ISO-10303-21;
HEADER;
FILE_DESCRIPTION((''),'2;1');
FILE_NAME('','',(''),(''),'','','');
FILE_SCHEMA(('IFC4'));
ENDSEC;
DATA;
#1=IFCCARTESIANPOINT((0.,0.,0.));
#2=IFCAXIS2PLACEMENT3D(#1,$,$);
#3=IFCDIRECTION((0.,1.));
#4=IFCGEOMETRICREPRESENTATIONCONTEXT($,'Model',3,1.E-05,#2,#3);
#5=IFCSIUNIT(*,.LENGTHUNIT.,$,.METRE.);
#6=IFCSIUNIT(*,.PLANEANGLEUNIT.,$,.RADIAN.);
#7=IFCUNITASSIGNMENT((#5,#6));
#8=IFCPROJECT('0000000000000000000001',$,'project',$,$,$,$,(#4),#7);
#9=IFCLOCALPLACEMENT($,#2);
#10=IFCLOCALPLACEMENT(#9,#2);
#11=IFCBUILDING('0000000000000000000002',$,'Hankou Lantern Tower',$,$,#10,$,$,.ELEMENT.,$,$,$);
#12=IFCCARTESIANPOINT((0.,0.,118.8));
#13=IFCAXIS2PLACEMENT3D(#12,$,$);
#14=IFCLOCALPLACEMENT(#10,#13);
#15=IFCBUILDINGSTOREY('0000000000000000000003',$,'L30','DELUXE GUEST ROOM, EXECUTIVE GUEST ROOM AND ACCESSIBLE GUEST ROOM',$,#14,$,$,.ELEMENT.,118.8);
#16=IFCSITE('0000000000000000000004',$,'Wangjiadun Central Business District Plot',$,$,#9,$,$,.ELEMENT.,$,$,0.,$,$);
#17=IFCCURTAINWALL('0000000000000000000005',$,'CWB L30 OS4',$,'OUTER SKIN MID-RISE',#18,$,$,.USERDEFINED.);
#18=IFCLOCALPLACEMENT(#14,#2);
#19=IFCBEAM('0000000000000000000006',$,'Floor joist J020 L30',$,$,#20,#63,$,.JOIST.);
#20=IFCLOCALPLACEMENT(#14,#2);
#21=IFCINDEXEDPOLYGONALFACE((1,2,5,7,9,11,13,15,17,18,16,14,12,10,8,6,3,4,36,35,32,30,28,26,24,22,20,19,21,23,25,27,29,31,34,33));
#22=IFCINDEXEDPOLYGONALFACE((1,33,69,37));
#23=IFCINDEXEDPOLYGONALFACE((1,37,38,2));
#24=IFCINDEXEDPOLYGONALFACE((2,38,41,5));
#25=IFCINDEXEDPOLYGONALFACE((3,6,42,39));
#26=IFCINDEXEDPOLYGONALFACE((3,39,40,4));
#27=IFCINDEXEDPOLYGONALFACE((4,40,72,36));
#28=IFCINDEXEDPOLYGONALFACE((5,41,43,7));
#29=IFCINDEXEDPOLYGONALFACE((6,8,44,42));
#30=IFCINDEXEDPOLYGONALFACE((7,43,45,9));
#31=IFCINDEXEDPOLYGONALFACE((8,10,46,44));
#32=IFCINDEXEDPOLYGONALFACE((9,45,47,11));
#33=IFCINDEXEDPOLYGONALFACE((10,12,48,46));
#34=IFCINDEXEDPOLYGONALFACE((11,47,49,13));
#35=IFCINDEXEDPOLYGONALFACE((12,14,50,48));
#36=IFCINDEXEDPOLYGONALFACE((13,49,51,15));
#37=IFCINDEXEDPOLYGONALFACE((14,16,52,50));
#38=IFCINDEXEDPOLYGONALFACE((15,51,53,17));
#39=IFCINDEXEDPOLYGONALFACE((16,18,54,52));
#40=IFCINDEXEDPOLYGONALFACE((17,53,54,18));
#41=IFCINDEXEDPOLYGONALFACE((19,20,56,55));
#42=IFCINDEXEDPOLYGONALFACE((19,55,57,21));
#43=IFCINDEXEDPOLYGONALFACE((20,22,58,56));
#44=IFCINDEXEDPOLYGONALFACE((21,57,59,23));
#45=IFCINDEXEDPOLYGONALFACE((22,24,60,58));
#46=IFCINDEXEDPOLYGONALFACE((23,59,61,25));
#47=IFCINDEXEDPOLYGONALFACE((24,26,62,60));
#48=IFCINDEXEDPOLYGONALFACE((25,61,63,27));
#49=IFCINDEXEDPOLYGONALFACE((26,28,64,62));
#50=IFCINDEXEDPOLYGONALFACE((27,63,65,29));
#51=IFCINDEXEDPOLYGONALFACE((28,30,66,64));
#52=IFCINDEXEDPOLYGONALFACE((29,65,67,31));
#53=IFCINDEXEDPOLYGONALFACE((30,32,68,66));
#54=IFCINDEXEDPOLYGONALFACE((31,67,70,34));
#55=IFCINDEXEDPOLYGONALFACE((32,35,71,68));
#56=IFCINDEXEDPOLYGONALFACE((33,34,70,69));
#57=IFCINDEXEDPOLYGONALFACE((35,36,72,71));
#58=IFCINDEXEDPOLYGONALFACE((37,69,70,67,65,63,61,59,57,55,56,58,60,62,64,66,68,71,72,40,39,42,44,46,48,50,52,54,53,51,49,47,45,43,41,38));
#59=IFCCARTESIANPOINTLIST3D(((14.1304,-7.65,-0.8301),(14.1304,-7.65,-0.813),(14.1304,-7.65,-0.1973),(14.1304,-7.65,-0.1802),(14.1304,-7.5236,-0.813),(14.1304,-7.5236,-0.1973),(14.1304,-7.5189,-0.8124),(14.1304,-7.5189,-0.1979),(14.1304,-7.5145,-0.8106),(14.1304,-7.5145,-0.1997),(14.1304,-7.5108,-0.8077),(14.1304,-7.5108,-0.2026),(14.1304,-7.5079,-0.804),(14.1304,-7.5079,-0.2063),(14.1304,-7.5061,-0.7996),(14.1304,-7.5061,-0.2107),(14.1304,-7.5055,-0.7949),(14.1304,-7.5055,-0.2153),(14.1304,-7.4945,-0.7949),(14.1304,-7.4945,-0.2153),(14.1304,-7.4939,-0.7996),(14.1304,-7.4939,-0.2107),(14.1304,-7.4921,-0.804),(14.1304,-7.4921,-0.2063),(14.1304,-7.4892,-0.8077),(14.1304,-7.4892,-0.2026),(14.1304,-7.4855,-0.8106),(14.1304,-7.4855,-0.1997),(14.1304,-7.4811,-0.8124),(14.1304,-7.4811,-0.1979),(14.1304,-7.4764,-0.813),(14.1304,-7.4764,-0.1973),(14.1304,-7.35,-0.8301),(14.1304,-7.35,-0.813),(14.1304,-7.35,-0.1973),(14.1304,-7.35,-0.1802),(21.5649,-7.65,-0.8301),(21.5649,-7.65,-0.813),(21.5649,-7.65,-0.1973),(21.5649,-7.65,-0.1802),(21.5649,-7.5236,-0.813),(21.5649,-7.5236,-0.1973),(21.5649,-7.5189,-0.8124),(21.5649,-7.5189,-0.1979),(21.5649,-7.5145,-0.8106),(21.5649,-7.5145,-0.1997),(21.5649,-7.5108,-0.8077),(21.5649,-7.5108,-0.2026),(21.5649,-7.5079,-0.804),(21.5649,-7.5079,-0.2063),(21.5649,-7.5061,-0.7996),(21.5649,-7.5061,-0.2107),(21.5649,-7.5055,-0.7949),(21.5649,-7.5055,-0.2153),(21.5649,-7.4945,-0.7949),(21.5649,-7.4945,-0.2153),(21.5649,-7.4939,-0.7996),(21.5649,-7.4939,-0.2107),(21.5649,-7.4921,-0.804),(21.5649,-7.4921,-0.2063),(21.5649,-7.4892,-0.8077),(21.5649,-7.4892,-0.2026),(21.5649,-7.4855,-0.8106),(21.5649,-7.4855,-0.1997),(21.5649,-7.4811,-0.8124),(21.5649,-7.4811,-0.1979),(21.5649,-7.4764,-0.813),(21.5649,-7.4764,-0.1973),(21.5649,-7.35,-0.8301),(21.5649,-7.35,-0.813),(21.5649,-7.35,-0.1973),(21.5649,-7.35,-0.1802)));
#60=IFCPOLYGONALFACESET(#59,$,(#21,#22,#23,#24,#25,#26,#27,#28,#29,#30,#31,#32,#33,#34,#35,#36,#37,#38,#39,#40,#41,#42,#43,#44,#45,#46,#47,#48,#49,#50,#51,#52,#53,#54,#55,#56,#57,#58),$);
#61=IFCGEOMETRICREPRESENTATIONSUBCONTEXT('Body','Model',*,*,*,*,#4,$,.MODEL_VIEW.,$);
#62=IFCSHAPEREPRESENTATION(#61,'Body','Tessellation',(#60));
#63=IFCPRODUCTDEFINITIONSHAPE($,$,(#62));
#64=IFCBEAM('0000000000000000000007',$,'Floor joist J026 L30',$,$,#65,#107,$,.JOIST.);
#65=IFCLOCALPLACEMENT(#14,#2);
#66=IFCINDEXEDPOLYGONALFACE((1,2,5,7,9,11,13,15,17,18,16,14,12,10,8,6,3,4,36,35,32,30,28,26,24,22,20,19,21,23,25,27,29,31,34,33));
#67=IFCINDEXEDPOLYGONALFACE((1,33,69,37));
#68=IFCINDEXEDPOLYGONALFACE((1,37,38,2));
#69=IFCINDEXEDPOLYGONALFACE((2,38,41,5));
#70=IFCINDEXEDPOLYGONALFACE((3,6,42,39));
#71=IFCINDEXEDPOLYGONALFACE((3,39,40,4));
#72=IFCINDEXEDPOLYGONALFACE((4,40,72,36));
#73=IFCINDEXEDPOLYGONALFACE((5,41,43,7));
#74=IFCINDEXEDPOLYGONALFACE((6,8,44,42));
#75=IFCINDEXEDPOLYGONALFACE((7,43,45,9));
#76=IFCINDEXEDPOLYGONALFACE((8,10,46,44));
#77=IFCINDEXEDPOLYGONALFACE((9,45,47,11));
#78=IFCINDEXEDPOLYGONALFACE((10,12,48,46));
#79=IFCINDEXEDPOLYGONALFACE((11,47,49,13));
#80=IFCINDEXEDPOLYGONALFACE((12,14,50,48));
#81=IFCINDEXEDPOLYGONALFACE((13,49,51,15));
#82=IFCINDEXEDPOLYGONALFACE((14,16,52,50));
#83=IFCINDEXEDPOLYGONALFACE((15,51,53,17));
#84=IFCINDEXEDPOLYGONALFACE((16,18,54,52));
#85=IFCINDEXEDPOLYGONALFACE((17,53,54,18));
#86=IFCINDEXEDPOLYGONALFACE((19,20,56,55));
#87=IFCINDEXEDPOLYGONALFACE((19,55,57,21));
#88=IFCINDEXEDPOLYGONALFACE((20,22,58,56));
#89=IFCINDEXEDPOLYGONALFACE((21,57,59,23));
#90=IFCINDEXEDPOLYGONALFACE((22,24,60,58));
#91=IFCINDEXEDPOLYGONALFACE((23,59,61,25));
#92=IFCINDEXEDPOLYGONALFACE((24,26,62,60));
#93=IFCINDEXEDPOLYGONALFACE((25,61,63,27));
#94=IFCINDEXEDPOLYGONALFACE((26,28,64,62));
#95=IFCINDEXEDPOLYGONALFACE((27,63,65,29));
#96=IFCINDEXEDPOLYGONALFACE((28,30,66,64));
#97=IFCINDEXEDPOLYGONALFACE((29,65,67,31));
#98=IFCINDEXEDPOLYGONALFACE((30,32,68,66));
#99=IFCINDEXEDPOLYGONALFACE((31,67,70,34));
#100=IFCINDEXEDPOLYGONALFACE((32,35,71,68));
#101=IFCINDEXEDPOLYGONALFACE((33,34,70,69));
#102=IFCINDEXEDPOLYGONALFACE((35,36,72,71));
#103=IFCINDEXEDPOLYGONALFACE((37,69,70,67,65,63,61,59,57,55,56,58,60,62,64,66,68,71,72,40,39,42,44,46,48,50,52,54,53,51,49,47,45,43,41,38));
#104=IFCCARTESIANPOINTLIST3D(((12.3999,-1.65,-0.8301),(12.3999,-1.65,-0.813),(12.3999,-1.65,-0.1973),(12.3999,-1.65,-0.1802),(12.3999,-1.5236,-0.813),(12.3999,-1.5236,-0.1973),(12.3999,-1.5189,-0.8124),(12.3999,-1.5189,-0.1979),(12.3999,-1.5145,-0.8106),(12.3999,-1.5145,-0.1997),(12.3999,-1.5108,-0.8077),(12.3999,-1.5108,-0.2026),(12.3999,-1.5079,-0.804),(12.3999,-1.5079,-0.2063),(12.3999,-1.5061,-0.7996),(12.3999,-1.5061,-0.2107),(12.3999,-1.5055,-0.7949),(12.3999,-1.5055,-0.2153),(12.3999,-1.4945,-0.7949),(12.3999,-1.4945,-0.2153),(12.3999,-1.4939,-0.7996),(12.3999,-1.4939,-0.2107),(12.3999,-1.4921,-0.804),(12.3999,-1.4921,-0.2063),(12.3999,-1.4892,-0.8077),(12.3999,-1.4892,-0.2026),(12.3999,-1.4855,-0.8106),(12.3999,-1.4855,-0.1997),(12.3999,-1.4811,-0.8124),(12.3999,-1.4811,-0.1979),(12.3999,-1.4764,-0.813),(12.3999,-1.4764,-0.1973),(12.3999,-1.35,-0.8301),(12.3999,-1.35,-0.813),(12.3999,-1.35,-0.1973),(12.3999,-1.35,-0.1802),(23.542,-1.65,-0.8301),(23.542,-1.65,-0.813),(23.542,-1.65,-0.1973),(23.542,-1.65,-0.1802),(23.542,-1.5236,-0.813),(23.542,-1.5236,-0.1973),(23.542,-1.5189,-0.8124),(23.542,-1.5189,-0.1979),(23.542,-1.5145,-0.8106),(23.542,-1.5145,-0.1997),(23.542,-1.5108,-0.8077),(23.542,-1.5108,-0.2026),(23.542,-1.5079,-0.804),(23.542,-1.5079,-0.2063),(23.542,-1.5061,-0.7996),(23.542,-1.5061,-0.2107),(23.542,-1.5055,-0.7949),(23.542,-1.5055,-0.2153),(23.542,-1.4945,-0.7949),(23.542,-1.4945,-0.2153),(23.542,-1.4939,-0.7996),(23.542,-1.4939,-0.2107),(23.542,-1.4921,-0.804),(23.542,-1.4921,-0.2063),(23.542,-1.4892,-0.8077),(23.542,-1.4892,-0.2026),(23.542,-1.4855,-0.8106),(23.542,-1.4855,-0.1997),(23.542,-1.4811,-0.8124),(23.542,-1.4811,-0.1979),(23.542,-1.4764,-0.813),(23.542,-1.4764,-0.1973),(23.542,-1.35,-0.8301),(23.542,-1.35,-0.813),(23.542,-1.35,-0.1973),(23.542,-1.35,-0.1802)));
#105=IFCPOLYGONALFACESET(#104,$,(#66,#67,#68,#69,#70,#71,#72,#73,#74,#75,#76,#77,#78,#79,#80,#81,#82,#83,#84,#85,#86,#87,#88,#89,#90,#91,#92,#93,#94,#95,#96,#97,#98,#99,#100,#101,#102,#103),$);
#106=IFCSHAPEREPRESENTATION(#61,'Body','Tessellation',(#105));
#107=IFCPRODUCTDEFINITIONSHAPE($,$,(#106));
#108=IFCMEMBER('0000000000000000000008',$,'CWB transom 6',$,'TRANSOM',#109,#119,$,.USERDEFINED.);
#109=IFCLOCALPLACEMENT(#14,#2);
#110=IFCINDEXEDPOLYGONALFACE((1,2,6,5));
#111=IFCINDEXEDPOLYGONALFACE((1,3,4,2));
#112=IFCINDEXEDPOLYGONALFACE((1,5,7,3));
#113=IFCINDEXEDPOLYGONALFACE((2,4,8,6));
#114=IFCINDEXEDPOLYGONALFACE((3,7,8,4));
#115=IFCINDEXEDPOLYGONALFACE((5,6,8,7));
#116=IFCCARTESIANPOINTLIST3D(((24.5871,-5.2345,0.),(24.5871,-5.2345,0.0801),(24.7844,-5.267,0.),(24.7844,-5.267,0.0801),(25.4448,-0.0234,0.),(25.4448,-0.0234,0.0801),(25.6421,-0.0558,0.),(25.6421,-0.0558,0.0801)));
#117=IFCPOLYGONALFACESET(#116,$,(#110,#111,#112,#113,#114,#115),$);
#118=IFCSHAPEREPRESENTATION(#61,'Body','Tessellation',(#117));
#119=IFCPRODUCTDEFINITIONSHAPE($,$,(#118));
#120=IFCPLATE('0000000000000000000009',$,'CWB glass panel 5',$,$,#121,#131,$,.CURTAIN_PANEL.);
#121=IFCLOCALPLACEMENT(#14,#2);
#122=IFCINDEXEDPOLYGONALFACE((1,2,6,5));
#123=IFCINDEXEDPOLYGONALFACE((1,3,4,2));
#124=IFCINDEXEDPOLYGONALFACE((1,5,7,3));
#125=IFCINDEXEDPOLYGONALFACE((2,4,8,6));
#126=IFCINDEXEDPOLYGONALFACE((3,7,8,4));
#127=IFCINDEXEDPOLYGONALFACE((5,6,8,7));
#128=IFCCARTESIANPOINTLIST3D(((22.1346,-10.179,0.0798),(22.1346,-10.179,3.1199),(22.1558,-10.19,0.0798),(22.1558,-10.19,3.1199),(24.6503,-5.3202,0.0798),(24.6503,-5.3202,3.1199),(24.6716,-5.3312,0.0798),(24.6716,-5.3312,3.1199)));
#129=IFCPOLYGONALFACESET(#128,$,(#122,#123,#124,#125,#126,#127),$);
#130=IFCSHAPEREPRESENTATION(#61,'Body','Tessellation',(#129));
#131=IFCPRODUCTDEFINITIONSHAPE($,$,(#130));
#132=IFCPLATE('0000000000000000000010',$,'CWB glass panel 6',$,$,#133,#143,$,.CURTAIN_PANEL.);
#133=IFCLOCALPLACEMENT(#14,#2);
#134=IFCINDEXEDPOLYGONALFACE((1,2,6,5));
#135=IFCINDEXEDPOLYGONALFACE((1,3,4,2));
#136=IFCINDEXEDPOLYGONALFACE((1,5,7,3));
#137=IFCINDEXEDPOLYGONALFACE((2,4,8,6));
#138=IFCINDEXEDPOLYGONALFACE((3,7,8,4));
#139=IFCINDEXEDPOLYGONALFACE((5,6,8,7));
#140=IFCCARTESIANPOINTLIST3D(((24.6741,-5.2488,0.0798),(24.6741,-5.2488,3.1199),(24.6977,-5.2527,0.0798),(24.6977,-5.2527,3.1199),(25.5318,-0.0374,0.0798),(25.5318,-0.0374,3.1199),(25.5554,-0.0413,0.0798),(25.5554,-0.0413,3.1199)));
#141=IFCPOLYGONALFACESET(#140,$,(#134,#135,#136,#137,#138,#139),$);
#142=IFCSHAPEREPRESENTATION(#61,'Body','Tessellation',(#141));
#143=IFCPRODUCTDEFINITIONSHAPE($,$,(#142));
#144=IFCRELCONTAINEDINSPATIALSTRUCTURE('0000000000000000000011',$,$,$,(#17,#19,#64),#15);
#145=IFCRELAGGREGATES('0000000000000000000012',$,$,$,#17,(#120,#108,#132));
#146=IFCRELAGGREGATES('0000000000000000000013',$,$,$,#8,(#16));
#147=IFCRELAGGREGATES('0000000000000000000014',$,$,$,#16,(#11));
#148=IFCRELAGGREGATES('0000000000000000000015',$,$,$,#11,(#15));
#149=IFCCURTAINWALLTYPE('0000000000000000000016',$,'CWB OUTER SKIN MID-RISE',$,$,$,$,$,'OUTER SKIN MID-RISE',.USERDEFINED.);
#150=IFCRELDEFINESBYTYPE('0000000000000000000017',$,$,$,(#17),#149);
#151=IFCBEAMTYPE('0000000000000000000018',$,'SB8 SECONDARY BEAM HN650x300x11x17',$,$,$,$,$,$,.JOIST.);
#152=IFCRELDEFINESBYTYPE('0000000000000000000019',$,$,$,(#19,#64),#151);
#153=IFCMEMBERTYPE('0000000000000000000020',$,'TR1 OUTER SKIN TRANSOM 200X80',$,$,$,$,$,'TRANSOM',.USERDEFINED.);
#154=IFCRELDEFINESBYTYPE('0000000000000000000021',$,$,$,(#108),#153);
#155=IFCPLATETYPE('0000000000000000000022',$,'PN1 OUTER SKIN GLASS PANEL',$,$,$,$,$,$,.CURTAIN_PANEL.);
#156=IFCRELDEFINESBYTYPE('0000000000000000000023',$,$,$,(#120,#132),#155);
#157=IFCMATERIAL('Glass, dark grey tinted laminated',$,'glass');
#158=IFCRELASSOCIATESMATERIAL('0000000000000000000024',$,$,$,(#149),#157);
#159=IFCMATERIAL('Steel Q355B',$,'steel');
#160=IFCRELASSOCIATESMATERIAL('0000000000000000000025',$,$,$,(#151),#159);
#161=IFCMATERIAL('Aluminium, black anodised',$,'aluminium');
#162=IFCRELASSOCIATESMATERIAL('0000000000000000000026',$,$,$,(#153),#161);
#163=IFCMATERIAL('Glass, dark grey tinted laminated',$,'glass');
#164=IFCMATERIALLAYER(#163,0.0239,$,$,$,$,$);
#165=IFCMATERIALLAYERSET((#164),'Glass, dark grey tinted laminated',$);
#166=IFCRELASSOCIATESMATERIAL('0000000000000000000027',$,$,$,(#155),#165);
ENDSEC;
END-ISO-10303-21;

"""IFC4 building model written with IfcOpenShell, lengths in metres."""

from ifc_helpers import new_model, si_unit, direction, frame, origin, origin_2d, place, context, subcontext, project, spatial, rectangle, i_section, extrude, material, layer, layer_set, material_profile, profile_set, type_object, element, aggregate, save


model = new_model("IFC4")

# Units and contexts
model_context = context("Model", 3, precision=1e-05, world=origin(), true_north=direction((0.0, 1.0)))
body_context = subcontext(model_context, "Body", "Model", "MODEL_VIEW")
ifc_project = project(units=[si_unit("LENGTHUNIT", "METRE"), si_unit("PLANEANGLEUNIT", "RADIAN")], contexts=[model_context])

# Site, building, storey
site_placement = place(None, origin())
site = spatial("IfcSite", under=ifc_project, at=site_placement, Name="Wangjiadun Central Business District Plot", CompositionType="ELEMENT", RefElevation=0.0)
building_placement = place(site_placement, origin())
building = spatial("IfcBuilding", under=site, at=building_placement, Name="Hankou Lantern Tower", CompositionType="ELEMENT")
storey_placement = place(building_placement, frame((0.0, 0.0, 118.8)))
storey = spatial("IfcBuildingStorey", under=building, at=storey_placement, Name="L30", Description="DELUXE GUEST ROOM, EXECUTIVE GUEST ROOM AND ACCESSIBLE GUEST ROOM", CompositionType="ELEMENT", Elevation=118.8)

# Curtain wall
ifc_material_1 = material(Name="Glass, dark grey tinted laminated", Category="glass")
curtain_wall_type = type_object("IfcCurtainWallType", Name="CWB OUTER SKIN MID-RISE", ElementType="OUTER SKIN MID-RISE", PredefinedType="USERDEFINED", material=ifc_material_1)
curtain_wall_placement = place(storey_placement, origin())
curtain_wall = element("IfcCurtainWall", 1, at=curtain_wall_placement, inside=storey, type_object=curtain_wall_type, Name="CWB L30 OS4", ObjectType="OUTER SKIN MID-RISE", PredefinedType="USERDEFINED")

# Beams
ifc_material_2 = material(Name="Steel Q355B", Category="steel")
ifc_material_profile_1 = material_profile(ifc_material_2, i_section(OverallWidth=0.3, OverallDepth=0.6499, WebThickness=0.011, FlangeThickness=0.0171, FilletRadius=0.0181, at=origin_2d()), Name="HN650x300x11x17")
ifc_profile_set_1 = profile_set([ifc_material_profile_1], Name="Steel Q355B")
beam_type_1 = type_object("IfcBeamType", Name="SB8 SECONDARY BEAM HN650x300x11x17", PredefinedType="JOIST", material=ifc_profile_set_1)
beam_1_placement = place(storey_placement, frame((14.1304, -7.5, -0.5051), z_axis=(1.0, 0.0, 0.0), x_axis=(0.0, 1.0, 0.0)))
element("IfcBeam", 2, at=beam_1_placement, inside=storey, type_object=beam_type_1, Name="Floor joist J020 L30", PredefinedType="JOIST", context=body_context, shape_type="SweptSolid", body=[
    extrude(i_section(OverallWidth=0.3, OverallDepth=0.6499, WebThickness=0.011, FlangeThickness=0.0171, FilletRadius=0.0181, at=origin_2d()), origin(), (0.0, 0.0, 1.0), 7.4346),
])
beam_2_placement = place(storey_placement, frame((12.3999, -1.5, -0.5051), z_axis=(1.0, 0.0, 0.0), x_axis=(0.0, 1.0, 0.0)))
element("IfcBeam", 3, at=beam_2_placement, inside=storey, type_object=beam_type_1, Name="Floor joist J026 L30", PredefinedType="JOIST", context=body_context, shape_type="SweptSolid", body=[
    extrude(i_section(OverallWidth=0.3, OverallDepth=0.6499, WebThickness=0.011, FlangeThickness=0.0171, FilletRadius=0.0181, at=origin_2d()), origin(), (0.0, 0.0, 1.0), 11.1421),
])

# Member
ifc_material_3 = material(Name="Aluminium, black anodised", Category="aluminium")
ifc_material_profile_2 = material_profile(ifc_material_3, rectangle(XDim=0.2, YDim=0.0801, at=origin_2d()), Name="TR1 200X80")
ifc_profile_set_2 = profile_set([ifc_material_profile_2], Name="Aluminium, black anodised")
member_type_1 = type_object("IfcMemberType", Name="TR1 OUTER SKIN TRANSOM 200X80", ElementType="TRANSOM", PredefinedType="USERDEFINED", material=ifc_profile_set_2)
member_1_placement = place(storey_placement, frame((24.6858, -5.2507, 0.04), z_axis=(0.162397, 0.986725, 0.0), x_axis=(-0.986725, 0.162397, 0.0)))
member_1 = element("IfcMember", 4, at=member_1_placement, type_object=member_type_1, Name="CWB transom 6", ObjectType="TRANSOM", PredefinedType="USERDEFINED", context=body_context, shape_type="SweptSolid", body=[
    extrude(rectangle(XDim=0.2, YDim=0.0801, at=origin_2d()), origin(), (0.0, 0.0, 1.0), 5.2812),
])

# Plates
ifc_material_4 = material(Name="Glass, dark grey tinted laminated", Category="glass")
ifc_layer_1 = layer(ifc_material_4, 0.0239)
ifc_layer_set_1 = layer_set([ifc_layer_1], Name="Glass, dark grey tinted laminated")
plate_type = type_object("IfcPlateType", Name="PN1 OUTER SKIN GLASS PANEL", PredefinedType="CURTAIN_PANEL", material=ifc_layer_set_1)
plate_1_placement = place(storey_placement, frame((23.4031, -7.7551, 0.0798), z_axis=(0.0, 0.0, 1.0), x_axis=(0.459791, 0.888027, 0.0)))
plate_1 = element("IfcPlate", 5, at=plate_1_placement, type_object=plate_type, Name="CWB glass panel 5", PredefinedType="CURTAIN_PANEL", context=body_context, shape_type="SweptSolid", body=[
    extrude(rectangle(XDim=5.4714, YDim=0.0239, at=origin_2d()), origin(), (0.0, 0.0, 1.0), 3.04),
])
plate_2_placement = place(storey_placement, frame((25.1147, -2.645, 0.0798), z_axis=(0.0, 0.0, 1.0), x_axis=(0.162382, 0.986728, 0.0)))
plate_2 = element("IfcPlate", 6, at=plate_2_placement, type_object=plate_type, Name="CWB glass panel 6", PredefinedType="CURTAIN_PANEL", context=body_context, shape_type="SweptSolid", body=[
    extrude(rectangle(XDim=5.2815, YDim=0.0239, at=origin_2d()), origin(), (0.0, 0.0, 1.0), 3.04),
])
aggregate(curtain_wall, [plate_1, member_1, plate_2])

save(model, "model.ifc")
